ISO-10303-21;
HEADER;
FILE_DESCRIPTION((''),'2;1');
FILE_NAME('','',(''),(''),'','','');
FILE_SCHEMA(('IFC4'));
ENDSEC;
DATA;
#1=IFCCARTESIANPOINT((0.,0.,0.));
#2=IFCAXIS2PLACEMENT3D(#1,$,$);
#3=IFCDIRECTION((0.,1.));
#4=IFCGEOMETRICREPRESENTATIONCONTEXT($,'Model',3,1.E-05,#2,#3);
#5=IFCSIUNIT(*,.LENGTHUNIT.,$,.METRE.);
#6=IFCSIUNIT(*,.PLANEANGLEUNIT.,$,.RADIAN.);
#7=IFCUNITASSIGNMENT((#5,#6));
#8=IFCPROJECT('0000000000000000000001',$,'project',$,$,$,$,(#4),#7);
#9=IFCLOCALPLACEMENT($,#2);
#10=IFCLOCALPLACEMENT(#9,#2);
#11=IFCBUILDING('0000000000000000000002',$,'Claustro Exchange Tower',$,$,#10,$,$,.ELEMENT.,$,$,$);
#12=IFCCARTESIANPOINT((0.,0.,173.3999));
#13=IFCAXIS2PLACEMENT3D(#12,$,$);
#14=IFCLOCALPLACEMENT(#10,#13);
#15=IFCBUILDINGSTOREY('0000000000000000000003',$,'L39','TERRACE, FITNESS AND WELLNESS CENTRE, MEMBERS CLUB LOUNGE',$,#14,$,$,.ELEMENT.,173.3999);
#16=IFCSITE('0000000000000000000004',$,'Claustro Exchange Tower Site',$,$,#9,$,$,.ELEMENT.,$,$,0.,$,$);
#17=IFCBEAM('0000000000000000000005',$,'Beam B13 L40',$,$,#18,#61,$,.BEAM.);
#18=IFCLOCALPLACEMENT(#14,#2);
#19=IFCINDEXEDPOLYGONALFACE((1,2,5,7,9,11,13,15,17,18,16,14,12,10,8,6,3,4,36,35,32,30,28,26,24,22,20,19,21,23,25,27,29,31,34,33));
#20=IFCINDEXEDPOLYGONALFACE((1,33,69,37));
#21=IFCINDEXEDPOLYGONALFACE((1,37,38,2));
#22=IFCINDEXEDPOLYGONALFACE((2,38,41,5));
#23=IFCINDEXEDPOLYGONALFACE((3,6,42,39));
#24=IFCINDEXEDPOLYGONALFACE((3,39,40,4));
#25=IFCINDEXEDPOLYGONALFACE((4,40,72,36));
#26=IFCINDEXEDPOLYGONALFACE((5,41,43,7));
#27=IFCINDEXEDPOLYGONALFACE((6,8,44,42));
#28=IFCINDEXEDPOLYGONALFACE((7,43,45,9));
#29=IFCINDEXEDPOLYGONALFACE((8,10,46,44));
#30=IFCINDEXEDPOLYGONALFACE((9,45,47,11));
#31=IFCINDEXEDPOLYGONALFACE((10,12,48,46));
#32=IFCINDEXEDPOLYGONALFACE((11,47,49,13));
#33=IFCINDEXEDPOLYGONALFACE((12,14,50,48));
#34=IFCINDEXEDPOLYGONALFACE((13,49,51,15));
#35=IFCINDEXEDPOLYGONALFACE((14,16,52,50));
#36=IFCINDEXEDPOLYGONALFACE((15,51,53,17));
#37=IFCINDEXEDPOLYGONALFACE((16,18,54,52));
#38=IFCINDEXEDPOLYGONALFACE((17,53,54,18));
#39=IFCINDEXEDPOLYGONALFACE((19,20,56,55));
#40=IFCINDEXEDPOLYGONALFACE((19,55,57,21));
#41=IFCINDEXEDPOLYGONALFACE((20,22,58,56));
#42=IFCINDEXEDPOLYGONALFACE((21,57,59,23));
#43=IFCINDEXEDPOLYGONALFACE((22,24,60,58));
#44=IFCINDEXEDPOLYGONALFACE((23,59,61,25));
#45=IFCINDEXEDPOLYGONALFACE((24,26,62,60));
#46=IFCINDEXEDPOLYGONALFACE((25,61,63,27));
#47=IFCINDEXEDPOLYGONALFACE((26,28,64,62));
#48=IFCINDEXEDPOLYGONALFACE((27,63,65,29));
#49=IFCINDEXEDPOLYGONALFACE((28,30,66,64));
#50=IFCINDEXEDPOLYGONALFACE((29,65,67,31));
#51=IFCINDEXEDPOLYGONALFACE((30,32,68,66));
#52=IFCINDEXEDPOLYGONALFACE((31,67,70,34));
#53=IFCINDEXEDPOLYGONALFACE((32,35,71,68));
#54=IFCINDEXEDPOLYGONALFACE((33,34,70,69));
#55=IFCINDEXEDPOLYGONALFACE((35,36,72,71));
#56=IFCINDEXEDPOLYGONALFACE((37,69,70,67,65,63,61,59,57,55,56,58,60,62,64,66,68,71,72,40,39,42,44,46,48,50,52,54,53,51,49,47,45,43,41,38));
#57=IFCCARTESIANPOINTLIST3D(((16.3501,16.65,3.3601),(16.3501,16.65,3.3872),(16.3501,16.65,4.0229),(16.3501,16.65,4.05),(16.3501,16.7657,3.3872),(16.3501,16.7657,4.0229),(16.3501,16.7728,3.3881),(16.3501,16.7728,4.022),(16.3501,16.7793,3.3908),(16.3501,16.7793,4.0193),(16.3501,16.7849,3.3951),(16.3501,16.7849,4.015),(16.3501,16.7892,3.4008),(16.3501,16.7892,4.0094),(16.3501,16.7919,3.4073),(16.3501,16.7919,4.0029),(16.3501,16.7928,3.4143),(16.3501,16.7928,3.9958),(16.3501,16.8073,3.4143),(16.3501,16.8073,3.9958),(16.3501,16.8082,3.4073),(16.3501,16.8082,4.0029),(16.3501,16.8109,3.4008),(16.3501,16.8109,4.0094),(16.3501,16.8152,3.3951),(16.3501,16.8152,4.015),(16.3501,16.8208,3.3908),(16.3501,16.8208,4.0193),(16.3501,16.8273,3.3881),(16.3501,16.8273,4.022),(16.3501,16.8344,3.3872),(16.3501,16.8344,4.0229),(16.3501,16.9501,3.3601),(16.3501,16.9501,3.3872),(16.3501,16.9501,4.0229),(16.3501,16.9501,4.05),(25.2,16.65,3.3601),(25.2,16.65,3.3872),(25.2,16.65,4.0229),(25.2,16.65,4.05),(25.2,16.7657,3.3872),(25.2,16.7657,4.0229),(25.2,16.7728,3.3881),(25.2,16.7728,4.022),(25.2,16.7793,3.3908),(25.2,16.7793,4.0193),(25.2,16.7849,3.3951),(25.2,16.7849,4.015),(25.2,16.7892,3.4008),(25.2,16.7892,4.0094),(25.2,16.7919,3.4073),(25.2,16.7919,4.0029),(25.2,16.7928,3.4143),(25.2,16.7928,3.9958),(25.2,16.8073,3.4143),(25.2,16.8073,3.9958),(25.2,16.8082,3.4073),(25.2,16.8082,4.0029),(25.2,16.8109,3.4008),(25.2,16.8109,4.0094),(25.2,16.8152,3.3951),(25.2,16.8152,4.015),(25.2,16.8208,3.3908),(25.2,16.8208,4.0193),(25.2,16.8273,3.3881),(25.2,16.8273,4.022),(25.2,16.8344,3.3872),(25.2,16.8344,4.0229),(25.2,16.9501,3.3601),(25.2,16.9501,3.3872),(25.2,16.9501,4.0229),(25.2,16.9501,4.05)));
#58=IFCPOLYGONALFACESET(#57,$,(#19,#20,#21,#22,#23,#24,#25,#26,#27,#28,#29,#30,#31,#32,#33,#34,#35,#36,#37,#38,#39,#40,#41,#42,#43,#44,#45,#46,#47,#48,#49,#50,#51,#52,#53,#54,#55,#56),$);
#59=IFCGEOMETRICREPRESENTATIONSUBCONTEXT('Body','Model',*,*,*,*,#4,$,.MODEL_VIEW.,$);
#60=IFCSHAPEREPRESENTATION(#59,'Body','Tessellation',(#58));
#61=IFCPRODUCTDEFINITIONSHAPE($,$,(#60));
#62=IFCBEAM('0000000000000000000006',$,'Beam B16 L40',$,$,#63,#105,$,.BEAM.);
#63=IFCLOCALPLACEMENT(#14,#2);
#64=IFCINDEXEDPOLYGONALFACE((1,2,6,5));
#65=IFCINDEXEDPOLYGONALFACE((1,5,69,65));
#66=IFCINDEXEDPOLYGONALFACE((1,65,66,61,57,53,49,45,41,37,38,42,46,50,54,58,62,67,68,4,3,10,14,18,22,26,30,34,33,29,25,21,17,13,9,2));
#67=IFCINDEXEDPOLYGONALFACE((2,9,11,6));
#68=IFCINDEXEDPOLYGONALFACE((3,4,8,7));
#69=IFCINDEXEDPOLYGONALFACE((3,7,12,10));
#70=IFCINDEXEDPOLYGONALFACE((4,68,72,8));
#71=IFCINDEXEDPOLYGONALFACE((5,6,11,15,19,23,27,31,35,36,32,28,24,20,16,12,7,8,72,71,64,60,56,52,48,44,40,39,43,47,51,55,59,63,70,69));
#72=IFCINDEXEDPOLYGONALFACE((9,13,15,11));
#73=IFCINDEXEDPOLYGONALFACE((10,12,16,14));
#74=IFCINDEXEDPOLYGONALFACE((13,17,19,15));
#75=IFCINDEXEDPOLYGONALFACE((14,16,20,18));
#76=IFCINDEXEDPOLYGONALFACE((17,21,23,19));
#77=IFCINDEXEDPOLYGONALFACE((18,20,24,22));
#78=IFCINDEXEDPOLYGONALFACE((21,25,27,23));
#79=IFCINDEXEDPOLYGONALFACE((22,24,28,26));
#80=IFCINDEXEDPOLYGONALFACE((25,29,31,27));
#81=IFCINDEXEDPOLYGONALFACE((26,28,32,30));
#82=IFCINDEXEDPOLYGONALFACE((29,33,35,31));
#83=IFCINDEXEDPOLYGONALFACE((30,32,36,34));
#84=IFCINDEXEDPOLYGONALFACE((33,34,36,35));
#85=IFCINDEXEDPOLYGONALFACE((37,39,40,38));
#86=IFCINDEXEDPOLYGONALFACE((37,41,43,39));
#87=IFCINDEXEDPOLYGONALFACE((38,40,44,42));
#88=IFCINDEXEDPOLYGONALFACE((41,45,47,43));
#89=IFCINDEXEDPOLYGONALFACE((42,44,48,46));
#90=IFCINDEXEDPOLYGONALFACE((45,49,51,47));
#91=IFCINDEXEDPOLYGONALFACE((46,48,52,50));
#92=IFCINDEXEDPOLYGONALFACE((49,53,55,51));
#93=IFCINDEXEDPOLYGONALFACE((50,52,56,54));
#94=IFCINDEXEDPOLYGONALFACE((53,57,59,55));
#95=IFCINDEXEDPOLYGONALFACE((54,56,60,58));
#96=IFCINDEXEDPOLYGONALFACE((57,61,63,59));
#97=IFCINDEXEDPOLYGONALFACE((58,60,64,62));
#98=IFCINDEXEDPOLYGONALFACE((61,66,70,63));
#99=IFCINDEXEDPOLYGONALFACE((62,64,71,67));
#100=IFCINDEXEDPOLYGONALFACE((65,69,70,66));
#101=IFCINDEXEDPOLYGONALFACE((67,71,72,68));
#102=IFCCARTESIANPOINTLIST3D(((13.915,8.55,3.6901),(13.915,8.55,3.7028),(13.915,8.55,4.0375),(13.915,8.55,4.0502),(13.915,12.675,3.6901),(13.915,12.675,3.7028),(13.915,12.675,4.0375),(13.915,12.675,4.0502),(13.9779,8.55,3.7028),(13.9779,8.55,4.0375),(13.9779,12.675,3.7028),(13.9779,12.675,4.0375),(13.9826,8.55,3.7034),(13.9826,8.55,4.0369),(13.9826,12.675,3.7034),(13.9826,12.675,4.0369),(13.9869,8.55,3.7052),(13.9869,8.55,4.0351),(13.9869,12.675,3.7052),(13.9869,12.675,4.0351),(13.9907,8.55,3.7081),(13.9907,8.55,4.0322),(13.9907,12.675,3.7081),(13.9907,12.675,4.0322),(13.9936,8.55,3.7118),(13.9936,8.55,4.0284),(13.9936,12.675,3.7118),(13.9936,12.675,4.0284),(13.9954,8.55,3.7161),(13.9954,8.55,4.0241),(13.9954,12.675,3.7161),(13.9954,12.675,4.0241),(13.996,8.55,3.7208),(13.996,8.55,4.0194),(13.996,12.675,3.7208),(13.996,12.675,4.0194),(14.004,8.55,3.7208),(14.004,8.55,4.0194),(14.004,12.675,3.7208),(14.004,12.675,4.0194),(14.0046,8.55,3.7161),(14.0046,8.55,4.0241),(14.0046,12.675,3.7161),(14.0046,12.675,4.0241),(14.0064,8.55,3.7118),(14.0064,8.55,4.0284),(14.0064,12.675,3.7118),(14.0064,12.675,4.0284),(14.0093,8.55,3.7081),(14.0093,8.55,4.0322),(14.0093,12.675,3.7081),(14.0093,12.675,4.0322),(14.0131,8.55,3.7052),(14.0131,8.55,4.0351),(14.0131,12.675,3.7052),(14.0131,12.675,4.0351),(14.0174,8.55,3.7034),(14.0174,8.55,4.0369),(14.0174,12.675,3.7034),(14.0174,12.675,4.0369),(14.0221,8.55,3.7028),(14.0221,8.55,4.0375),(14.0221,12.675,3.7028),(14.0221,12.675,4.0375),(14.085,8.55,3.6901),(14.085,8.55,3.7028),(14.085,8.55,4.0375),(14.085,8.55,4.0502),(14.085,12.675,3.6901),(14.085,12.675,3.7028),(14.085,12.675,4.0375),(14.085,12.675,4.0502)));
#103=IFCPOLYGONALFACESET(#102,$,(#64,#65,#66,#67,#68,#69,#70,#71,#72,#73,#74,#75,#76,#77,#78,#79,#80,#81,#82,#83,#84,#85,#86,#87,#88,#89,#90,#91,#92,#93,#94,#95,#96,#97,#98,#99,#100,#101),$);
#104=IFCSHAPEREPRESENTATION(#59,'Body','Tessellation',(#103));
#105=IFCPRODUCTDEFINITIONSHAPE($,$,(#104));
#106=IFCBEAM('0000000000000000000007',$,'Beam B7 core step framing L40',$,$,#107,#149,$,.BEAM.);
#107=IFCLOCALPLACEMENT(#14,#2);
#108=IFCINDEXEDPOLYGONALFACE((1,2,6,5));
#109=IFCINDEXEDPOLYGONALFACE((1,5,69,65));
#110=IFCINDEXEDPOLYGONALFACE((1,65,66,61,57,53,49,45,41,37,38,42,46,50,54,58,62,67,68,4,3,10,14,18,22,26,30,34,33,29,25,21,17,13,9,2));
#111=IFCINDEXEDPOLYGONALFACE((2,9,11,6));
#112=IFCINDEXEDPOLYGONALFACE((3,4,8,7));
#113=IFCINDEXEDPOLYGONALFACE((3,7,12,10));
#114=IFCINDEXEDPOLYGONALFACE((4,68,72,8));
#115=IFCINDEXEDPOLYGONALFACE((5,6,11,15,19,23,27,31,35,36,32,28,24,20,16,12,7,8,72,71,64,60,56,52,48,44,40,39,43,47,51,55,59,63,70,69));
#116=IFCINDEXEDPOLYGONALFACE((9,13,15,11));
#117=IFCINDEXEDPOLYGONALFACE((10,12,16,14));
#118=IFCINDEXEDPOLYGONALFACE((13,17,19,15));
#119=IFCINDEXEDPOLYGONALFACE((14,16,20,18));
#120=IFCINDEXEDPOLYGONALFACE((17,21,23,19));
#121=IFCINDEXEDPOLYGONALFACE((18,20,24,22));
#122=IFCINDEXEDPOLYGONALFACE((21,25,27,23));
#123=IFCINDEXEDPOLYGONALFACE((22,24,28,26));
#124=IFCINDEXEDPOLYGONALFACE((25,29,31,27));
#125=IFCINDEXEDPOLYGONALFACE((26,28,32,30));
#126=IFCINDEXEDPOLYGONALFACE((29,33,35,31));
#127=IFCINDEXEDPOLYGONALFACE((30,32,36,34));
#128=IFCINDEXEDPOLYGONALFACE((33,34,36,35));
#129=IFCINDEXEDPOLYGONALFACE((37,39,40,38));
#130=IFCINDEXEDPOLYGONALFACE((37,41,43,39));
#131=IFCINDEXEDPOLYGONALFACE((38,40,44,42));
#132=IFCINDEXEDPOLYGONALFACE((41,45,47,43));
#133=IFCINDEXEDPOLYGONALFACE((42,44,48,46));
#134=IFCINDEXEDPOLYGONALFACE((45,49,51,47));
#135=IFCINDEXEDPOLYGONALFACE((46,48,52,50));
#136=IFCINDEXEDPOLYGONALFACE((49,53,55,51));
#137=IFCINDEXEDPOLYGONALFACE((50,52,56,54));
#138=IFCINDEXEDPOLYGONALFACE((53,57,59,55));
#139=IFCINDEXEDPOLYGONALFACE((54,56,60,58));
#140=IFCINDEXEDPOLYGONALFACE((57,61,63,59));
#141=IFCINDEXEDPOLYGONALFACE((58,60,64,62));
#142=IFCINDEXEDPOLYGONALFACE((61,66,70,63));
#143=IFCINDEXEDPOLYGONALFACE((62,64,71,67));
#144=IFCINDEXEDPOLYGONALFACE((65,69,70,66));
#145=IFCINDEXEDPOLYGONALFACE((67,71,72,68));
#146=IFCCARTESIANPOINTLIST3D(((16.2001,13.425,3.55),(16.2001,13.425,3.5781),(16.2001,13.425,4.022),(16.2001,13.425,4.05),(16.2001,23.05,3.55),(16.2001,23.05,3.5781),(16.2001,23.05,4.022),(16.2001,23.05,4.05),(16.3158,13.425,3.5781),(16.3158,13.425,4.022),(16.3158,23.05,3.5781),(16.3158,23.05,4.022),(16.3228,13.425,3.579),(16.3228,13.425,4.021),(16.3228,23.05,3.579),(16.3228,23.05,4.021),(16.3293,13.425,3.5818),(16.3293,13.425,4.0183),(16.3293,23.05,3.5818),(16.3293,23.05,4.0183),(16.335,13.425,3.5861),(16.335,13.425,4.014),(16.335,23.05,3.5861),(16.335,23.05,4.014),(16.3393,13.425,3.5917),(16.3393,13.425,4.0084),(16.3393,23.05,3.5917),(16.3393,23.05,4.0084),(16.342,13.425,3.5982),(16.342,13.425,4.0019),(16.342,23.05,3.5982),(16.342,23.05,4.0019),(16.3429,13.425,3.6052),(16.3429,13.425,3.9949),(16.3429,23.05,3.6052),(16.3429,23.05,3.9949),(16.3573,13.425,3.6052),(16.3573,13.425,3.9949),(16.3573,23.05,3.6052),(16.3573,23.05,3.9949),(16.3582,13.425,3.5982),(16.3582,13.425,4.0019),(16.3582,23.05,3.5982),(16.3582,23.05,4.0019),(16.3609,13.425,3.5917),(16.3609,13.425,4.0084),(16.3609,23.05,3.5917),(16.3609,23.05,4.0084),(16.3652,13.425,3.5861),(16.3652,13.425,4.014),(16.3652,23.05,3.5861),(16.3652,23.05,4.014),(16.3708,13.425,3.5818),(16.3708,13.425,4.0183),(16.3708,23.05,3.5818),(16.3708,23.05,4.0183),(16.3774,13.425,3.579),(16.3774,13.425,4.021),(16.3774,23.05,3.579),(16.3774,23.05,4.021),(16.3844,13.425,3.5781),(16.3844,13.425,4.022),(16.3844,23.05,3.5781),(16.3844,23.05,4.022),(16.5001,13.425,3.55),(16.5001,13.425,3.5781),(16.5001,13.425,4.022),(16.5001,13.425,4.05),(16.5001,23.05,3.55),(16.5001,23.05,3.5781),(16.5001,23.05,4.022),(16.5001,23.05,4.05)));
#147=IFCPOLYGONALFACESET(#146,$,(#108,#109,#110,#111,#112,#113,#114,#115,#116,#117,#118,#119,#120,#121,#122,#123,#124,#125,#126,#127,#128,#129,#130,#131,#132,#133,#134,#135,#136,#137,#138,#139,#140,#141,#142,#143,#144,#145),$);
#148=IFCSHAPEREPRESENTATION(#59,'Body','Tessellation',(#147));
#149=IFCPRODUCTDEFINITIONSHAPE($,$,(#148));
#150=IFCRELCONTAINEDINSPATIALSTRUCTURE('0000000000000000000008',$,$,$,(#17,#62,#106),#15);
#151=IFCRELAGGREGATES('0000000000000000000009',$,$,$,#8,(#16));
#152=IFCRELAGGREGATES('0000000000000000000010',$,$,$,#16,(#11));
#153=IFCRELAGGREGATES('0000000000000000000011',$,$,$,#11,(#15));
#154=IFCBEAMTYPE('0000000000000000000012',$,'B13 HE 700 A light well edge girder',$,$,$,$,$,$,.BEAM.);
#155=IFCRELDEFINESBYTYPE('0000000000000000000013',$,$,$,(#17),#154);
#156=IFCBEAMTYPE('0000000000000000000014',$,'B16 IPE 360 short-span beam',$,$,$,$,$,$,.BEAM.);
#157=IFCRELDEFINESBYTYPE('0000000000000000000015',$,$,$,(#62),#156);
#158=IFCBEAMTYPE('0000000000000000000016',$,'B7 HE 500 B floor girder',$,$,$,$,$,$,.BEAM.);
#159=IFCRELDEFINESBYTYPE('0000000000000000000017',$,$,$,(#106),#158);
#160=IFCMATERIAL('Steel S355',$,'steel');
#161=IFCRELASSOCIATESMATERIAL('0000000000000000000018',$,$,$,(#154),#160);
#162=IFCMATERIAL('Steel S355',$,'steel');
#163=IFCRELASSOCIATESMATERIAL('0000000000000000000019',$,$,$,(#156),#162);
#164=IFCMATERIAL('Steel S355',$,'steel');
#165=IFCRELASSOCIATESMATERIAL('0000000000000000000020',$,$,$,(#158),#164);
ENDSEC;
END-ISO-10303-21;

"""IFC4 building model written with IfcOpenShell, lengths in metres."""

from ifc_helpers import new_model, si_unit, direction, frame, origin, origin_2d, place, context, subcontext, project, spatial, i_section, extrude, material, material_profile, profile_set, type_object, element, save


model = new_model("IFC4")

# Units and contexts
model_context = context("Model", 3, precision=1e-05, world=origin(), true_north=direction((0.0, 1.0)))
body_context = subcontext(model_context, "Body", "Model", "MODEL_VIEW")
ifc_project = project(units=[si_unit("LENGTHUNIT", "METRE"), si_unit("PLANEANGLEUNIT", "RADIAN")], contexts=[model_context])

# Site, building, storey
site_placement = place(None, origin())
site = spatial("IfcSite", under=ifc_project, at=site_placement, Name="Claustro Exchange Tower Site", CompositionType="ELEMENT", RefElevation=0.0)
building_placement = place(site_placement, origin())
building = spatial("IfcBuilding", under=site, at=building_placement, Name="Claustro Exchange Tower", CompositionType="ELEMENT")
storey_placement = place(building_placement, frame((0.0, 0.0, 173.3999)))
storey = spatial("IfcBuildingStorey", under=building, at=storey_placement, Name="L39", Description="TERRACE, FITNESS AND WELLNESS CENTRE, MEMBERS CLUB LOUNGE", CompositionType="ELEMENT", Elevation=173.3999)

# Beams
ifc_material_1 = material(Name="Steel S355", Category="steel")
ifc_material_profile_1 = material_profile(ifc_material_1, i_section(OverallWidth=0.3, OverallDepth=0.6899, WebThickness=0.0144, FlangeThickness=0.0271, FilletRadius=0.0271, at=origin_2d()), Name="HE 700 A")
ifc_profile_set_1 = profile_set([ifc_material_profile_1], Name="Steel S355")
beam_type_1 = type_object("IfcBeamType", Name="B13 HE 700 A light well edge girder", PredefinedType="BEAM", material=ifc_profile_set_1)
beam_1_placement = place(storey_placement, frame((16.3501, 16.8, 3.7051), z_axis=(1.0, 0.0, 0.0), x_axis=(0.0, 1.0, 0.0)))
element("IfcBeam", 1, at=beam_1_placement, inside=storey, type_object=beam_type_1, Name="Beam B13 L40", PredefinedType="BEAM", context=body_context, shape_type="SweptSolid", body=[
    extrude(i_section(OverallWidth=0.3, OverallDepth=0.6899, WebThickness=0.0144, FlangeThickness=0.0271, FilletRadius=0.0271, at=origin_2d()), origin(), (0.0, 0.0, 1.0), 8.8499),
])
ifc_material_2 = material(Name="Steel S355", Category="steel")
ifc_material_profile_2 = material_profile(ifc_material_2, i_section(OverallWidth=0.1699, OverallDepth=0.3601, WebThickness=0.0081, FlangeThickness=0.0127, FilletRadius=0.0181, at=origin_2d()), Name="IPE 360")
ifc_profile_set_2 = profile_set([ifc_material_profile_2], Name="Steel S355")
beam_type_2 = type_object("IfcBeamType", Name="B16 IPE 360 short-span beam", PredefinedType="BEAM", material=ifc_profile_set_2)
beam_2_placement = place(storey_placement, frame((14.0, 8.55, 3.8701), z_axis=(0.0, 1.0, 0.0), x_axis=(-1.0, 0.0, 0.0)))
element("IfcBeam", 2, at=beam_2_placement, inside=storey, type_object=beam_type_2, Name="Beam B16 L40", PredefinedType="BEAM", context=body_context, shape_type="SweptSolid", body=[
    extrude(i_section(OverallWidth=0.1699, OverallDepth=0.3601, WebThickness=0.0081, FlangeThickness=0.0127, FilletRadius=0.0181, at=origin_2d()), origin(), (0.0, 0.0, 1.0), 4.125),
])
ifc_material_3 = material(Name="Steel S355", Category="steel")
ifc_material_profile_3 = material_profile(ifc_material_3, i_section(OverallWidth=0.3, OverallDepth=0.5, WebThickness=0.0144, FlangeThickness=0.0281, FilletRadius=0.0271, at=origin_2d()), Name="HE 500 B")
ifc_profile_set_3 = profile_set([ifc_material_profile_3], Name="Steel S355")
beam_type_3 = type_object("IfcBeamType", Name="B7 HE 500 B floor girder", PredefinedType="BEAM", material=ifc_profile_set_3)
beam_3_placement = place(storey_placement, frame((16.3501, 13.425, 3.8), z_axis=(0.0, 1.0, 0.0), x_axis=(-1.0, 0.0, 0.0)))
element("IfcBeam", 3, at=beam_3_placement, inside=storey, type_object=beam_type_3, Name="Beam B7 core step framing L40", PredefinedType="BEAM", context=body_context, shape_type="SweptSolid", body=[
    extrude(i_section(OverallWidth=0.3, OverallDepth=0.5, WebThickness=0.0144, FlangeThickness=0.0281, FilletRadius=0.0271, at=origin_2d()), origin(), (0.0, 0.0, 1.0), 9.625),
])

save(model, "model.ifc")
